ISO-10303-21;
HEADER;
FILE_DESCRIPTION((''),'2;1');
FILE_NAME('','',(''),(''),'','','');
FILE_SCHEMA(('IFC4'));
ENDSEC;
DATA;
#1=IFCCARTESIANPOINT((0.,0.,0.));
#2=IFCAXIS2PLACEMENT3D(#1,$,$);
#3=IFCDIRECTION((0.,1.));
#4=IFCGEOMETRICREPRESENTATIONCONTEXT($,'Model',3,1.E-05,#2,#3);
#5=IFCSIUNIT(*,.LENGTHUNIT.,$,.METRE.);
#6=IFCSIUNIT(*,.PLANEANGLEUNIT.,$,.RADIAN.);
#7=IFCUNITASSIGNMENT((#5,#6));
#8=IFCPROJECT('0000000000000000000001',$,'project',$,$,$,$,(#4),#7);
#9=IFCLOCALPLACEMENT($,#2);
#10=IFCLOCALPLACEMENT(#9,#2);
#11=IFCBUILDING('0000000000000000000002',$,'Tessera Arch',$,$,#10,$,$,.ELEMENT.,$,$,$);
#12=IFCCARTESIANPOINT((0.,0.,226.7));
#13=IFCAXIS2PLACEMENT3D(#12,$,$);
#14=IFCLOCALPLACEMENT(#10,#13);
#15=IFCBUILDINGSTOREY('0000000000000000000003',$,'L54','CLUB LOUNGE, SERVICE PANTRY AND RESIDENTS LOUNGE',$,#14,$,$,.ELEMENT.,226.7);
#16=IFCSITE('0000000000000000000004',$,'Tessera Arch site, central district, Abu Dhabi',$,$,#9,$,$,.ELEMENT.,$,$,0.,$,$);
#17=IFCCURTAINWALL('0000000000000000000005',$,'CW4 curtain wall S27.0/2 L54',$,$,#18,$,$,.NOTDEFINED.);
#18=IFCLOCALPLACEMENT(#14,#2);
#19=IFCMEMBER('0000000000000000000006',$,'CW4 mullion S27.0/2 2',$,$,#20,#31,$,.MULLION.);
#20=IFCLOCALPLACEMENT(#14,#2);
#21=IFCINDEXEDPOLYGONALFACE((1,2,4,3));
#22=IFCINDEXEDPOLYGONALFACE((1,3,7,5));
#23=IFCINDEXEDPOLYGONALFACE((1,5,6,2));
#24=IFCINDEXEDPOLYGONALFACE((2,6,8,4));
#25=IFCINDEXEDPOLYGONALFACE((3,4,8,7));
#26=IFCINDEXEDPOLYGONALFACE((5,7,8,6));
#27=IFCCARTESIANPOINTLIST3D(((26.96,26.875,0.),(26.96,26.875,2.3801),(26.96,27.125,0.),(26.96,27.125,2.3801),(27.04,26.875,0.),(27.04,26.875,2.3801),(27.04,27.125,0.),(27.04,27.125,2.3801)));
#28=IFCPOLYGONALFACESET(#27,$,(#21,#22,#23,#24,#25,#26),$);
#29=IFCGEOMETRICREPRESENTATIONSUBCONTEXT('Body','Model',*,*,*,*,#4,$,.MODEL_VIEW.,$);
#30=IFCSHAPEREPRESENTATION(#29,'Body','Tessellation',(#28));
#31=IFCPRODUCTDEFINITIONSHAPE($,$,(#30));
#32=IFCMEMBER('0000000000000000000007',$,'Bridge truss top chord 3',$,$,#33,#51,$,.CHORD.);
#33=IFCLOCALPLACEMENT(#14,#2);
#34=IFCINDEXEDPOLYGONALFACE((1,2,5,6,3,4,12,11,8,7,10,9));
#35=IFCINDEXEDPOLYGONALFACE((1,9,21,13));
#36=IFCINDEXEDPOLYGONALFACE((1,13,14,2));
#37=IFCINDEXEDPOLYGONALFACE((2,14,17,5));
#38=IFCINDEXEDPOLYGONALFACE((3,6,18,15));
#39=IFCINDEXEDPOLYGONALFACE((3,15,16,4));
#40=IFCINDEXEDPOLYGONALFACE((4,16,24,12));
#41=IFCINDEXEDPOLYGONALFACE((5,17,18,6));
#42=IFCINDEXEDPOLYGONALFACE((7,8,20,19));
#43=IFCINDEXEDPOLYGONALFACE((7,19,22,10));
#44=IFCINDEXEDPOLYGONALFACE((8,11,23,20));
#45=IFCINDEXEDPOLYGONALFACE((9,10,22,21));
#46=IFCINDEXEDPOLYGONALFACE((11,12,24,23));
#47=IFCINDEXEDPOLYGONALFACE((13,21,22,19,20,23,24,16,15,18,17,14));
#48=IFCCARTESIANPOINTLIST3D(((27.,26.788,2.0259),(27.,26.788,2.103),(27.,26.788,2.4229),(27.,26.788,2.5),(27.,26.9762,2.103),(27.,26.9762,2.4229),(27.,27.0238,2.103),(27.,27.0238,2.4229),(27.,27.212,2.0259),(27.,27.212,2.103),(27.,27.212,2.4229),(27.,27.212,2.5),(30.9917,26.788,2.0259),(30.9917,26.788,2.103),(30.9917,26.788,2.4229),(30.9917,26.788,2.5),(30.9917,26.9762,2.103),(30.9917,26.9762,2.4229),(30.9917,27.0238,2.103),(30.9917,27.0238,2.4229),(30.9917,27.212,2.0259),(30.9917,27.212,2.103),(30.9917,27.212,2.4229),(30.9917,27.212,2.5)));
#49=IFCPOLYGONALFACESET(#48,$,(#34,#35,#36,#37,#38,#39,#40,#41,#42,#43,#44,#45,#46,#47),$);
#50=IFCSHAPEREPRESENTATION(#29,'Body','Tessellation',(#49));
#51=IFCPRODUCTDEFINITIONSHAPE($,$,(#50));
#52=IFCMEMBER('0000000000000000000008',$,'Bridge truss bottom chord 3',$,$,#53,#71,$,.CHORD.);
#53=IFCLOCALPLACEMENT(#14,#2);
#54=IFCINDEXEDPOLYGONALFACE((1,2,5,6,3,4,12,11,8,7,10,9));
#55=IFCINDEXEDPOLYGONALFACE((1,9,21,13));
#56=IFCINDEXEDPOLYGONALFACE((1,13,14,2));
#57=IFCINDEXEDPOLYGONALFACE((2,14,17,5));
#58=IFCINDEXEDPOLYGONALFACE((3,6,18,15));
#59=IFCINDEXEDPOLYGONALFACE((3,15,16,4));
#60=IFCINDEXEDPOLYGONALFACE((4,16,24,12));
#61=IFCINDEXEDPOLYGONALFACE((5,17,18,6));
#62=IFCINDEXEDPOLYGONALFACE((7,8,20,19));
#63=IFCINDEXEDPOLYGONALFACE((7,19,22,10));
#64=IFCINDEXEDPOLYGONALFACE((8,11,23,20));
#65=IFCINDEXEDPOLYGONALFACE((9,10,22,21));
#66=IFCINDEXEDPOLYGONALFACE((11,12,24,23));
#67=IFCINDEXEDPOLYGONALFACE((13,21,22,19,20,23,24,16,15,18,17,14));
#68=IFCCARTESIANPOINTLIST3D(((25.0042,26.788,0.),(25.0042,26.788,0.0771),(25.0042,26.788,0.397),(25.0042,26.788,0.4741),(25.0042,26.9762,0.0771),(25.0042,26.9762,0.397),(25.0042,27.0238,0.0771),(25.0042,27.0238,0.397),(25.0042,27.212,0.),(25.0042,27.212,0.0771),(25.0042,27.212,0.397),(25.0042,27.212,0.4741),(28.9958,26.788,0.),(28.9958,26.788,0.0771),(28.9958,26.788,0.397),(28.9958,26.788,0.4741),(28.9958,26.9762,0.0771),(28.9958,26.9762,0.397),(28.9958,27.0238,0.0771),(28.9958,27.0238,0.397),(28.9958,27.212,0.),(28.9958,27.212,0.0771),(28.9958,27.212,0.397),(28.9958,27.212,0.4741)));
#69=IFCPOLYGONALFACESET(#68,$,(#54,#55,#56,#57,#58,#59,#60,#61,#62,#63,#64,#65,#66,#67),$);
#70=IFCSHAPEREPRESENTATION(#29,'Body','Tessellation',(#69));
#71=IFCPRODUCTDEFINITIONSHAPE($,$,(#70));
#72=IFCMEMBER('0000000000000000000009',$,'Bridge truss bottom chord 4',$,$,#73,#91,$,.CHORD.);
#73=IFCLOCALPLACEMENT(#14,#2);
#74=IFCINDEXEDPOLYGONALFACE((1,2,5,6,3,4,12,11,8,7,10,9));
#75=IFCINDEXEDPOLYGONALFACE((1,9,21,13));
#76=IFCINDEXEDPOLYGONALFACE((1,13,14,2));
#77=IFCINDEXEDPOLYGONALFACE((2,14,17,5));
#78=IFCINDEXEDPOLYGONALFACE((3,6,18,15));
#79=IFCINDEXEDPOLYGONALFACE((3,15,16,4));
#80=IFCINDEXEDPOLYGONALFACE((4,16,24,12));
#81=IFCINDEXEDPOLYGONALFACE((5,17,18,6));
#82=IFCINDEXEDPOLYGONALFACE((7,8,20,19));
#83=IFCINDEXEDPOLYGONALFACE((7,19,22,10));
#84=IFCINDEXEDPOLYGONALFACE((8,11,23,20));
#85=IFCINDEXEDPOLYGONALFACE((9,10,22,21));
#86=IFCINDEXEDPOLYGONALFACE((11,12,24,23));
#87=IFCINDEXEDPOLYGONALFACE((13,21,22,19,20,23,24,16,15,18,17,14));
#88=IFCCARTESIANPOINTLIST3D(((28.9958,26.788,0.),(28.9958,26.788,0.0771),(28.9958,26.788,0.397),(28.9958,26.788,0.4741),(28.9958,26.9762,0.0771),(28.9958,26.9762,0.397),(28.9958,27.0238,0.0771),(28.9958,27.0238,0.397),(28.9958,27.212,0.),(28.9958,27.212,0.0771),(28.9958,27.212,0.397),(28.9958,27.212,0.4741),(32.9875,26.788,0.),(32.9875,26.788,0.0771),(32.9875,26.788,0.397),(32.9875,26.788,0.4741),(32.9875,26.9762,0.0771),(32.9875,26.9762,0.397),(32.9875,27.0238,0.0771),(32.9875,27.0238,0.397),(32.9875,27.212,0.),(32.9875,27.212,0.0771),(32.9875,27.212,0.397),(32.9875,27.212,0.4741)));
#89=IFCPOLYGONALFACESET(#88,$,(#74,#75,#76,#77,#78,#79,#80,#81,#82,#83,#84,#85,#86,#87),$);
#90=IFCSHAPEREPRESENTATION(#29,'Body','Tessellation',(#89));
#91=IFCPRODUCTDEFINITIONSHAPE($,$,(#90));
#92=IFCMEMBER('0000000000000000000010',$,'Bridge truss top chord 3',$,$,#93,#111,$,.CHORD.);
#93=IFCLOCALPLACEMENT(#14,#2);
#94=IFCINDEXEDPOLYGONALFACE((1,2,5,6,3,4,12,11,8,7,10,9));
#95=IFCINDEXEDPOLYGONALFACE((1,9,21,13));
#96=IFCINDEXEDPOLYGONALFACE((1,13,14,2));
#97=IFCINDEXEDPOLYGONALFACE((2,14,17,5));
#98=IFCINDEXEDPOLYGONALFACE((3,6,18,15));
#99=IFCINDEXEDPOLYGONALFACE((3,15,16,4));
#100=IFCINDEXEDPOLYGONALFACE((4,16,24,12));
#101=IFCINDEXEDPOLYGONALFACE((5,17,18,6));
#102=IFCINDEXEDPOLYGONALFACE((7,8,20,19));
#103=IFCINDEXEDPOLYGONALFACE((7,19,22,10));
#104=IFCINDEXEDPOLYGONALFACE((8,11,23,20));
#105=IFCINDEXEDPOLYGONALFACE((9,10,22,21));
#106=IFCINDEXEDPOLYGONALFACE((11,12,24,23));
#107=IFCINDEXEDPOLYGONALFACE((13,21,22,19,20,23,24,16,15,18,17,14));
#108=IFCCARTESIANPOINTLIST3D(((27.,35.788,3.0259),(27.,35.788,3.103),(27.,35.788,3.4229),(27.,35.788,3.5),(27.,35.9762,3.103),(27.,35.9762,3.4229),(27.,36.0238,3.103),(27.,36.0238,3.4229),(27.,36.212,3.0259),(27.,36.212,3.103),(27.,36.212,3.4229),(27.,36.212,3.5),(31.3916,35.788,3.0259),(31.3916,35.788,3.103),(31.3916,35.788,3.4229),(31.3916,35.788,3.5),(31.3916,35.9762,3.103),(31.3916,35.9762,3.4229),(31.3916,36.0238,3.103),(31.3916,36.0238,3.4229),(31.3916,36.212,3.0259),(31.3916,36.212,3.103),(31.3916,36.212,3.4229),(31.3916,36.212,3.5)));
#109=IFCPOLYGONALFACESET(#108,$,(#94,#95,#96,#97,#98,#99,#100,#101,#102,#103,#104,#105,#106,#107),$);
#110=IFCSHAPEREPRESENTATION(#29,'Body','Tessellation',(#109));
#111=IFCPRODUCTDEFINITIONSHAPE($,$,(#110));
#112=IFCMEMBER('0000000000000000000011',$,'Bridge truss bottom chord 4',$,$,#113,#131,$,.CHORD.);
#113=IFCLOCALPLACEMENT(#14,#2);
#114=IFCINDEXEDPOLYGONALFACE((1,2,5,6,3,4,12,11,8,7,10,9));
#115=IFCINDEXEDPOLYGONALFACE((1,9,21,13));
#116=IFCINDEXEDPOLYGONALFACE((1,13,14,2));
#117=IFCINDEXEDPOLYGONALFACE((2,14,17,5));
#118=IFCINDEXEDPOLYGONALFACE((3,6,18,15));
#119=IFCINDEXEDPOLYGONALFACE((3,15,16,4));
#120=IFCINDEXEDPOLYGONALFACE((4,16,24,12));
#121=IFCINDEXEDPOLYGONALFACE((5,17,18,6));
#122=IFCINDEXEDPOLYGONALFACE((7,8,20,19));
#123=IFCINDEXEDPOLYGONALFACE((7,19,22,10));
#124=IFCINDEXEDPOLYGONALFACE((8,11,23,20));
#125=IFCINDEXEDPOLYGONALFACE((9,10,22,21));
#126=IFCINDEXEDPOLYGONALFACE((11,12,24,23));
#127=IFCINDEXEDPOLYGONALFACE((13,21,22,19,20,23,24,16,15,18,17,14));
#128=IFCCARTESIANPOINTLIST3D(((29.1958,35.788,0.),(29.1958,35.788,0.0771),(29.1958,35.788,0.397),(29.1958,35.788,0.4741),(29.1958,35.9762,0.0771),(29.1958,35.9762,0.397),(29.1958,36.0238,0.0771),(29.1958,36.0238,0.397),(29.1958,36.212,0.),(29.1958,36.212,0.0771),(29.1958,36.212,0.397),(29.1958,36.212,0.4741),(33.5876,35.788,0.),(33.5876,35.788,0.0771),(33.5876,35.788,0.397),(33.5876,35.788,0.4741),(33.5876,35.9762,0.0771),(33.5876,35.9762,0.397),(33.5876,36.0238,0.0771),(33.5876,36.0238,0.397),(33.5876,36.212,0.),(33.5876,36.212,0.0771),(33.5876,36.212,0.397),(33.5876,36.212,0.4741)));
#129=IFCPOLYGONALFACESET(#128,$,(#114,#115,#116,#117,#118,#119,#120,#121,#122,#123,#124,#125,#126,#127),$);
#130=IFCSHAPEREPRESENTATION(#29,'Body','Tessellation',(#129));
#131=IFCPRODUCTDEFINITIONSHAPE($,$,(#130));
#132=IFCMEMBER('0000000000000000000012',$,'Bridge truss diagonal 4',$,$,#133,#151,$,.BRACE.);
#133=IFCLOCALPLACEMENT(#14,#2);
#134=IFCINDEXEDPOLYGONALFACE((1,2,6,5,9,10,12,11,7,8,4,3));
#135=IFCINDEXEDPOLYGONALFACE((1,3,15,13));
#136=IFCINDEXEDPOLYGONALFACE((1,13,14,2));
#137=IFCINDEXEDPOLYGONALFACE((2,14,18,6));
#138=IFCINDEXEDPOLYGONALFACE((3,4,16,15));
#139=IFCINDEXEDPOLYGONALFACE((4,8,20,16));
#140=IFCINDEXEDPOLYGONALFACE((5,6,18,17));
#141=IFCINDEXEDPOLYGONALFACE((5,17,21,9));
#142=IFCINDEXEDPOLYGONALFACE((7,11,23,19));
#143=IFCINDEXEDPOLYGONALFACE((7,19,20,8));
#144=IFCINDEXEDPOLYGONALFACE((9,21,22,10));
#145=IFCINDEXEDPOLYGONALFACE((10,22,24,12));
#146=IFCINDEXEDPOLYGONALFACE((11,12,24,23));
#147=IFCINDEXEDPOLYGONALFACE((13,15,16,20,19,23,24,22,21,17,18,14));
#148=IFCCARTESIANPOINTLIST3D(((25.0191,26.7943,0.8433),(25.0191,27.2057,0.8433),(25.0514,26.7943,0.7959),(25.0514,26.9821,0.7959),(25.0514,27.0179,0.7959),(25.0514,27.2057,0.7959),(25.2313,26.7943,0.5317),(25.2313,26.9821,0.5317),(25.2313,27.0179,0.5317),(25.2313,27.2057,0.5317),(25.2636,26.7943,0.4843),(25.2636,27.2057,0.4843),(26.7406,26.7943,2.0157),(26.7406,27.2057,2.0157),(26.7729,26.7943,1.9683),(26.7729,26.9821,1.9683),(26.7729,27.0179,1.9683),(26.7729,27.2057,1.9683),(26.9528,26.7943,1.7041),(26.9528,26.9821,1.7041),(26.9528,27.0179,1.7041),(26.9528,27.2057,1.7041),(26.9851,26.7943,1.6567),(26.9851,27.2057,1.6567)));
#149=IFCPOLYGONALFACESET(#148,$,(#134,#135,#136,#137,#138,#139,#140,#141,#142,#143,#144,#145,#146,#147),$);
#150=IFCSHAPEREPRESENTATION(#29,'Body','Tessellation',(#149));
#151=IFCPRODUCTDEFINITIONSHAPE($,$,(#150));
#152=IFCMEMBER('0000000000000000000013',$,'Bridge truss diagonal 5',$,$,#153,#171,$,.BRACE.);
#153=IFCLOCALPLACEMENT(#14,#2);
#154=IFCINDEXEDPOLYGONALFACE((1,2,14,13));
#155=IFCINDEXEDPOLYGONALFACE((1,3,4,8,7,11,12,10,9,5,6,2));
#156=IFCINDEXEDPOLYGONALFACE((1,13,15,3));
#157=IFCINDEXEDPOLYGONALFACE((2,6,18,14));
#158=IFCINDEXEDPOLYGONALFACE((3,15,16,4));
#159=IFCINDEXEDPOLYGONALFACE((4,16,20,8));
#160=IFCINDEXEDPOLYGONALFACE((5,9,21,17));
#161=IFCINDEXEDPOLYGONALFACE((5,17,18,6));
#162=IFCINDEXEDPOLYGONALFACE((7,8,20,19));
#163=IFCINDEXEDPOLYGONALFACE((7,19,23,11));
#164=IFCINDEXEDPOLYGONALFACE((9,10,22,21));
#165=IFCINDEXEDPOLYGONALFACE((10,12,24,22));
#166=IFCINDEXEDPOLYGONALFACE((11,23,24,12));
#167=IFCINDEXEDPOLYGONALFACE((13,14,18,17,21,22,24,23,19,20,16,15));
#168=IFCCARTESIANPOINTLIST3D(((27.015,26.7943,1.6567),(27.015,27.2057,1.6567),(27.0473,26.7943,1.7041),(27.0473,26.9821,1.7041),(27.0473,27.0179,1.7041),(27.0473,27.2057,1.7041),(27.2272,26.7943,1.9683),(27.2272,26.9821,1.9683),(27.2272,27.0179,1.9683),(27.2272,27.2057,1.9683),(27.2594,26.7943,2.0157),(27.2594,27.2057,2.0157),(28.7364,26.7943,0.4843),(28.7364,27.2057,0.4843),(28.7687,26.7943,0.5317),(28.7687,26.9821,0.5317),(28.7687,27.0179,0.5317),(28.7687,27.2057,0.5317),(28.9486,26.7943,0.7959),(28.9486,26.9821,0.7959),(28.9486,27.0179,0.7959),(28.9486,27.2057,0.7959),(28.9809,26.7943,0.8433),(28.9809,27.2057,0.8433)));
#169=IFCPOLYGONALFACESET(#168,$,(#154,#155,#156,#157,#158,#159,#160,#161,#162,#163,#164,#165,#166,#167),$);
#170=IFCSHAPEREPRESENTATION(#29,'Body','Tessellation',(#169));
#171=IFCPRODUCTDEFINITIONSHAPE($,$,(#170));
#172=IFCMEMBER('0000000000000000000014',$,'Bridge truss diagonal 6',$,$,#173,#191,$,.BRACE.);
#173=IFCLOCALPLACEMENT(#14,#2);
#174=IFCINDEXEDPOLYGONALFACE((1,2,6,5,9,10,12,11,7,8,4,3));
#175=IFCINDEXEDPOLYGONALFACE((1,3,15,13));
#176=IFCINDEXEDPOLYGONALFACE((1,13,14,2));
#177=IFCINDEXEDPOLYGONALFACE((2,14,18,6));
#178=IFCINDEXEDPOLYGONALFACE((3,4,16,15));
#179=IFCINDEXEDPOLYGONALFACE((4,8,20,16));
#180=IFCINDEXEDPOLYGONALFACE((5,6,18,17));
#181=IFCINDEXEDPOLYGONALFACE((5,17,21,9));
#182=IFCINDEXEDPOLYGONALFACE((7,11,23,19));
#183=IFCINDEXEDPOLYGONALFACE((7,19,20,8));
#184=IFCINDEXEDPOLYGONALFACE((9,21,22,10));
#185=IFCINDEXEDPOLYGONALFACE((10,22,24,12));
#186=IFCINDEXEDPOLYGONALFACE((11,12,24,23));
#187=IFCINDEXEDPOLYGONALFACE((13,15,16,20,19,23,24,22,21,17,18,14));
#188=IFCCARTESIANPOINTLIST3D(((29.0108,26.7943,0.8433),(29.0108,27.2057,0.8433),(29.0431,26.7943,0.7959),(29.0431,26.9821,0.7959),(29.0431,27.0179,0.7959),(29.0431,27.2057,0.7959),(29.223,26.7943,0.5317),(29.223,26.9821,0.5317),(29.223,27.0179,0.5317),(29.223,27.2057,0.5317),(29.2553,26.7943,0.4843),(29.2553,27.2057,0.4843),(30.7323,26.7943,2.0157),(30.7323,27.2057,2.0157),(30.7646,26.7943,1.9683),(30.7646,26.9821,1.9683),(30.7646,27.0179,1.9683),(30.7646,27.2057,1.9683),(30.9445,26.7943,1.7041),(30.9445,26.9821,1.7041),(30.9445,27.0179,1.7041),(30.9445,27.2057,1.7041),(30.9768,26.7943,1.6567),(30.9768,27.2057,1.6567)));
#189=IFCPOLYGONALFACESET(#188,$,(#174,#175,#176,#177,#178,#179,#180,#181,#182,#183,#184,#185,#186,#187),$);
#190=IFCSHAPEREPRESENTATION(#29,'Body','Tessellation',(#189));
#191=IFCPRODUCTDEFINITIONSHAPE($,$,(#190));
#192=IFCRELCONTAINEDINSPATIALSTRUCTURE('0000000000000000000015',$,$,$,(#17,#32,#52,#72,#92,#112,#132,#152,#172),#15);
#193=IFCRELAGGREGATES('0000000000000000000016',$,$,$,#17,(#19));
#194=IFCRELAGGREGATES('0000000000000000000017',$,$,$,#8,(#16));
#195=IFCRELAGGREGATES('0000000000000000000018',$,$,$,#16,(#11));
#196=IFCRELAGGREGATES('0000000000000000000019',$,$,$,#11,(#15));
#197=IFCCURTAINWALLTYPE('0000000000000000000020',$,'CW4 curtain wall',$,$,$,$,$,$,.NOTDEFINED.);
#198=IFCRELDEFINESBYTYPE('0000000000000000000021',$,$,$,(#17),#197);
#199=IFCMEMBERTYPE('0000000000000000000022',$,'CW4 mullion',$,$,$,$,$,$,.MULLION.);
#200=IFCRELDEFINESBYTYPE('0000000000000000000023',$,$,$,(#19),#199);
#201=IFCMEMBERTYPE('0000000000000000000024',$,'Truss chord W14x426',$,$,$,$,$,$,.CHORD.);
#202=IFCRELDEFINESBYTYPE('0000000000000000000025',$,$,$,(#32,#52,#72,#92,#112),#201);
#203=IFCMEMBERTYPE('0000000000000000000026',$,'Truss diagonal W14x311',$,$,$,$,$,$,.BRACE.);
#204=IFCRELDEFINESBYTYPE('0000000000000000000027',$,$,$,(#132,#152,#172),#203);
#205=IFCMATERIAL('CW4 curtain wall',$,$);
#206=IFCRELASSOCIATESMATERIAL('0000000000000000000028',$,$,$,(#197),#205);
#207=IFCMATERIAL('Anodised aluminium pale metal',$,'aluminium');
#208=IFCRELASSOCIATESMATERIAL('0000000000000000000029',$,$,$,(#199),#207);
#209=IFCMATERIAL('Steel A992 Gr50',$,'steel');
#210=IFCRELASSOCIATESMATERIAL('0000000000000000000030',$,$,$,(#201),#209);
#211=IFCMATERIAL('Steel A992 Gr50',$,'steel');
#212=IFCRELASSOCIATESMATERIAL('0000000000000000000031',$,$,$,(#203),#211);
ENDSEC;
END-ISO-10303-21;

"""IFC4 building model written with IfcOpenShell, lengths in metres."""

from ifc_helpers import new_model, si_unit, direction, frame, origin, origin_2d, place, context, subcontext, project, spatial, rectangle, i_section, extrude, material, material_profile, profile_set, type_object, element, aggregate, save


model = new_model("IFC4")

# Units and contexts
model_context = context("Model", 3, precision=1e-05, world=origin(), true_north=direction((0.0, 1.0)))
body_context = subcontext(model_context, "Body", "Model", "MODEL_VIEW")
ifc_project = project(units=[si_unit("LENGTHUNIT", "METRE"), si_unit("PLANEANGLEUNIT", "RADIAN")], contexts=[model_context])

# Site, building, storey
site_placement = place(None, origin())
site = spatial("IfcSite", under=ifc_project, at=site_placement, Name="Tessera Arch site, central district, Abu Dhabi", CompositionType="ELEMENT", RefElevation=0.0)
building_placement = place(site_placement, origin())
building = spatial("IfcBuilding", under=site, at=building_placement, Name="Tessera Arch", CompositionType="ELEMENT")
storey_placement = place(building_placement, frame((0.0, 0.0, 226.7)))
storey = spatial("IfcBuildingStorey", under=building, at=storey_placement, Name="L54", Description="CLUB LOUNGE, SERVICE PANTRY AND RESIDENTS LOUNGE", CompositionType="ELEMENT", Elevation=226.7)

# Curtain wall, member
ifc_material_1 = material(Name="CW4 curtain wall")
curtain_wall_type = type_object("IfcCurtainWallType", Name="CW4 curtain wall", PredefinedType="NOTDEFINED", material=ifc_material_1)
curtain_wall_placement = place(storey_placement, origin())
curtain_wall = element("IfcCurtainWall", 1, at=curtain_wall_placement, inside=storey, type_object=curtain_wall_type, Name="CW4 curtain wall S27.0/2 L54", PredefinedType="NOTDEFINED")
ifc_material_2 = material(Name="Anodised aluminium pale metal", Category="aluminium")
ifc_material_profile_1 = material_profile(ifc_material_2, rectangle(XDim=0.25, YDim=0.0801, at=origin_2d()), Name="AL 80x250")
ifc_profile_set_1 = profile_set([ifc_material_profile_1], Name="Anodised aluminium pale metal")
member_type_1 = type_object("IfcMemberType", Name="CW4 mullion", PredefinedType="MULLION", material=ifc_profile_set_1)
member_1_placement = place(storey_placement, frame((27.0, 27.0, 0.0), z_axis=(0.0, 0.0, 1.0), x_axis=(0.0, 1.0, 0.0)))
member_1 = element("IfcMember", 2, at=member_1_placement, type_object=member_type_1, Name="CW4 mullion S27.0/2 2", PredefinedType="MULLION", context=body_context, shape_type="SweptSolid", body=[
    extrude(rectangle(XDim=0.25, YDim=0.0801, at=origin_2d()), origin(), (0.0, 0.0, 1.0), 2.3801),
])

# Members
ifc_material_3 = material(Name="Steel A992 Gr50", Category="steel")
ifc_material_profile_2 = material_profile(ifc_material_3, i_section(OverallWidth=0.4241, OverallDepth=0.4741, WebThickness=0.0476, FlangeThickness=0.0771, at=origin_2d()), Name="W14x426")
ifc_profile_set_2 = profile_set([ifc_material_profile_2], Name="Steel A992 Gr50")
member_type_2 = type_object("IfcMemberType", Name="Truss chord W14x426", PredefinedType="CHORD", material=ifc_profile_set_2)
for number, where, z_axis, x_axis, name in (
    (3, (27.0, 27.0, 2.2629), (1.0, 0.0, 0.0), (0.0, 1.0, 0.0), "Bridge truss top chord 3"),
    (4, (25.0042, 27.0, 0.2371), (1.0, 0.0, 0.0), (0.0, 1.0, 0.0), "Bridge truss bottom chord 3"),
    (5, (28.9958, 27.0, 0.2371), (1.0, 0.0, 0.0), (0.0, 1.0, 0.0), "Bridge truss bottom chord 4"),
):
    element("IfcMember", number, at=place(storey_placement, frame(where, z_axis=z_axis, x_axis=x_axis)), inside=storey, type_object=member_type_2, Name=name, PredefinedType="CHORD", context=body_context, shape_type="SweptSolid", body=[
        extrude(i_section(OverallWidth=0.4241, OverallDepth=0.4741, WebThickness=0.0476, FlangeThickness=0.0771, at=origin_2d()), origin(), (0.0, 0.0, 1.0), 3.9917),
    ])
member_2_placement = place(storey_placement, frame((27.0, 36.0, 3.2629), z_axis=(1.0, 0.0, 0.0), x_axis=(0.0, 1.0, 0.0)))
element("IfcMember", 6, at=member_2_placement, inside=storey, type_object=member_type_2, Name="Bridge truss top chord 3", PredefinedType="CHORD", context=body_context, shape_type="SweptSolid", body=[
    extrude(i_section(OverallWidth=0.4241, OverallDepth=0.4741, WebThickness=0.0476, FlangeThickness=0.0771, at=origin_2d()), origin(), (0.0, 0.0, 1.0), 4.3916),
])
member_3_placement = place(storey_placement, frame((29.1958, 36.0, 0.2371), z_axis=(1.0, 0.0, 0.0), x_axis=(0.0, 1.0, 0.0)))
element("IfcMember", 7, at=member_3_placement, inside=storey, type_object=member_type_2, Name="Bridge truss bottom chord 4", PredefinedType="CHORD", context=body_context, shape_type="SweptSolid", body=[
    extrude(i_section(OverallWidth=0.4241, OverallDepth=0.4741, WebThickness=0.0476, FlangeThickness=0.0771, at=origin_2d()), origin(), (0.0, 0.0, 1.0), 4.3918),
])
ifc_material_4 = material(Name="Steel A992 Gr50", Category="steel")
ifc_material_profile_3 = material_profile(ifc_material_4, i_section(OverallWidth=0.4114, OverallDepth=0.4343, WebThickness=0.0359, FlangeThickness=0.0574, at=origin_2d()), Name="W14x311")
ifc_profile_set_3 = profile_set([ifc_material_profile_3], Name="Steel A992 Gr50")
member_type_3 = type_object("IfcMemberType", Name="Truss diagonal W14x311", PredefinedType="BRACE", material=ifc_profile_set_3)
for number, where, z_axis, x_axis, name in (
    (8, (25.1414, 27.0, 0.6638), (0.826527, 0.0, 0.562897), (0.0, 1.0, 0.0), "Bridge truss diagonal 4"),
    (9, (27.1372, 27.0, 1.8362), (0.826527, 0.0, -0.562897), (0.0, 1.0, 0.0), "Bridge truss diagonal 5"),
    (10, (29.1331, 27.0, 0.6638), (0.826527, 0.0, 0.562897), (0.0, 1.0, 0.0), "Bridge truss diagonal 6"),
):
    element("IfcMember", number, at=place(storey_placement, frame(where, z_axis=z_axis, x_axis=x_axis)), inside=storey, type_object=member_type_3, Name=name, PredefinedType="BRACE", context=body_context, shape_type="SweptSolid", body=[
        extrude(i_section(OverallWidth=0.4114, OverallDepth=0.4343, WebThickness=0.0359, FlangeThickness=0.0574, at=origin_2d()), origin(), (0.0, 0.0, 1.0), 2.0828),
    ])

aggregate(curtain_wall, [member_1])

save(model, "model.ifc")
